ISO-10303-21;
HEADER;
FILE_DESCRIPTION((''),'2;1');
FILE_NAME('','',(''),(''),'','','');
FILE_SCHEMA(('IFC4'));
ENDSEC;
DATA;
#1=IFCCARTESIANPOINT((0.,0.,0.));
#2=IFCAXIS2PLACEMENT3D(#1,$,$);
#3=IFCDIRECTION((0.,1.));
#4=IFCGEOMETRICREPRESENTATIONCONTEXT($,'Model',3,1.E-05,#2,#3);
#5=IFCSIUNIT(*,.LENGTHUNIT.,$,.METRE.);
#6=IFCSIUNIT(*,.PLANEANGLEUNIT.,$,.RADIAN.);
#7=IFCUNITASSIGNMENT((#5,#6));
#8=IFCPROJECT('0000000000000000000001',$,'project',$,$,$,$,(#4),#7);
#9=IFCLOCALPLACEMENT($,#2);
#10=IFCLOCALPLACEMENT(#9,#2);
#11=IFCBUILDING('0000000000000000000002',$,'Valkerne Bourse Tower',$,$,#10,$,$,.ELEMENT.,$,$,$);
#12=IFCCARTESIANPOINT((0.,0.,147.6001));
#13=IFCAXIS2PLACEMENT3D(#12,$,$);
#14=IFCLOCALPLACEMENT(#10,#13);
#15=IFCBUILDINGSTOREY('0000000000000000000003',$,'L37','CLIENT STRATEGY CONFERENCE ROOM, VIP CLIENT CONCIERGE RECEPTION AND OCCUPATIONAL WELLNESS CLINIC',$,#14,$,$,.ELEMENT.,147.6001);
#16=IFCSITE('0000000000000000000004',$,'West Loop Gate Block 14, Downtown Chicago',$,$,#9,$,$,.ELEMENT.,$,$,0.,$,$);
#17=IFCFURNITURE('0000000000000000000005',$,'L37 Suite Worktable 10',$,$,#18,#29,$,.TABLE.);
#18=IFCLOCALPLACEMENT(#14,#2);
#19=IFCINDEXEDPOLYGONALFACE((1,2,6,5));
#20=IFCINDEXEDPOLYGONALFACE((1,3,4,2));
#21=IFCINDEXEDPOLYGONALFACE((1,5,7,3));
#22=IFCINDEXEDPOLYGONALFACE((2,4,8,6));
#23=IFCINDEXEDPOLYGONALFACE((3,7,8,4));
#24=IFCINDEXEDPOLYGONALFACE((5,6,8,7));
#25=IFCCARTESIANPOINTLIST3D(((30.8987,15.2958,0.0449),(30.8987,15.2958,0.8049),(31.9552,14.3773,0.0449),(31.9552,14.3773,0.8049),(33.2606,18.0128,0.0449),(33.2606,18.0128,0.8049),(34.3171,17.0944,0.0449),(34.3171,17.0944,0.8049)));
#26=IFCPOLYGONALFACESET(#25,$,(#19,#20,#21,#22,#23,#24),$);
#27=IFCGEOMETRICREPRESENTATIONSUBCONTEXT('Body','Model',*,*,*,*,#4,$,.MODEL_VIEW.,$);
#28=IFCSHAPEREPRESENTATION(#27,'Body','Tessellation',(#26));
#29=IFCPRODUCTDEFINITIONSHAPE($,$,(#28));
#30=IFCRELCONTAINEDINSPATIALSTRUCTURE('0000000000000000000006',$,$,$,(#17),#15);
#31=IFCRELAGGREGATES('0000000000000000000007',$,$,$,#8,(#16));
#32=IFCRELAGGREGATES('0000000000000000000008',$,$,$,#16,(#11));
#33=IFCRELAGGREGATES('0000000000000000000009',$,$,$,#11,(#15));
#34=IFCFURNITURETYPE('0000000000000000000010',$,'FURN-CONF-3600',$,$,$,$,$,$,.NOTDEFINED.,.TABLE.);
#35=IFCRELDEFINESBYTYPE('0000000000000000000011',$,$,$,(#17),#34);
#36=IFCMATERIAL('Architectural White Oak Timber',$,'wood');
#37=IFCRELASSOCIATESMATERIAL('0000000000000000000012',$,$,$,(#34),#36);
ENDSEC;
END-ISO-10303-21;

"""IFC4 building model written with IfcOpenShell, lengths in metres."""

from ifc_helpers import new_model, si_unit, direction, frame, origin, origin_2d, place, context, subcontext, project, spatial, rectangle, extrude, material, type_object, element, save


model = new_model("IFC4")

# Units and contexts
model_context = context("Model", 3, precision=1e-05, world=origin(), true_north=direction((0.0, 1.0)))
body_context = subcontext(model_context, "Body", "Model", "MODEL_VIEW")
ifc_project = project(units=[si_unit("LENGTHUNIT", "METRE"), si_unit("PLANEANGLEUNIT", "RADIAN")], contexts=[model_context])

# Site, building, storey
site_placement = place(None, origin())
site = spatial("IfcSite", under=ifc_project, at=site_placement, Name="West Loop Gate Block 14, Downtown Chicago", CompositionType="ELEMENT", RefElevation=0.0)
building_placement = place(site_placement, origin())
building = spatial("IfcBuilding", under=site, at=building_placement, Name="Valkerne Bourse Tower", CompositionType="ELEMENT")
storey_placement = place(building_placement, frame((0.0, 0.0, 147.6001)))
storey = spatial("IfcBuildingStorey", under=building, at=storey_placement, Name="L37", Description="CLIENT STRATEGY CONFERENCE ROOM, VIP CLIENT CONCIERGE RECEPTION AND OCCUPATIONAL WELLNESS CLINIC", CompositionType="ELEMENT", Elevation=147.6001)

# Furniture
ifc_material_1 = material(Name="Architectural White Oak Timber", Category="wood")
furniture_type = type_object("IfcFurnitureType", Name="FURN-CONF-3600", AssemblyPlace="NOTDEFINED", PredefinedType="TABLE", material=ifc_material_1)
furniture_placement = place(storey_placement, frame((32.6079, 16.1951, 0.0449), z_axis=(0.0, 0.0, 1.0), x_axis=(0.656059, 0.75471, 0.0)))
element("IfcFurniture", 1, at=furniture_placement, inside=storey, type_object=furniture_type, Name="L37 Suite Worktable 10", PredefinedType="TABLE", context=body_context, shape_type="SweptSolid", body=[
    extrude(rectangle(XDim=3.6001, YDim=1.3999, at=origin_2d()), origin(), (0.0, 0.0, 1.0), 0.76),
])

save(model, "model.ifc")
